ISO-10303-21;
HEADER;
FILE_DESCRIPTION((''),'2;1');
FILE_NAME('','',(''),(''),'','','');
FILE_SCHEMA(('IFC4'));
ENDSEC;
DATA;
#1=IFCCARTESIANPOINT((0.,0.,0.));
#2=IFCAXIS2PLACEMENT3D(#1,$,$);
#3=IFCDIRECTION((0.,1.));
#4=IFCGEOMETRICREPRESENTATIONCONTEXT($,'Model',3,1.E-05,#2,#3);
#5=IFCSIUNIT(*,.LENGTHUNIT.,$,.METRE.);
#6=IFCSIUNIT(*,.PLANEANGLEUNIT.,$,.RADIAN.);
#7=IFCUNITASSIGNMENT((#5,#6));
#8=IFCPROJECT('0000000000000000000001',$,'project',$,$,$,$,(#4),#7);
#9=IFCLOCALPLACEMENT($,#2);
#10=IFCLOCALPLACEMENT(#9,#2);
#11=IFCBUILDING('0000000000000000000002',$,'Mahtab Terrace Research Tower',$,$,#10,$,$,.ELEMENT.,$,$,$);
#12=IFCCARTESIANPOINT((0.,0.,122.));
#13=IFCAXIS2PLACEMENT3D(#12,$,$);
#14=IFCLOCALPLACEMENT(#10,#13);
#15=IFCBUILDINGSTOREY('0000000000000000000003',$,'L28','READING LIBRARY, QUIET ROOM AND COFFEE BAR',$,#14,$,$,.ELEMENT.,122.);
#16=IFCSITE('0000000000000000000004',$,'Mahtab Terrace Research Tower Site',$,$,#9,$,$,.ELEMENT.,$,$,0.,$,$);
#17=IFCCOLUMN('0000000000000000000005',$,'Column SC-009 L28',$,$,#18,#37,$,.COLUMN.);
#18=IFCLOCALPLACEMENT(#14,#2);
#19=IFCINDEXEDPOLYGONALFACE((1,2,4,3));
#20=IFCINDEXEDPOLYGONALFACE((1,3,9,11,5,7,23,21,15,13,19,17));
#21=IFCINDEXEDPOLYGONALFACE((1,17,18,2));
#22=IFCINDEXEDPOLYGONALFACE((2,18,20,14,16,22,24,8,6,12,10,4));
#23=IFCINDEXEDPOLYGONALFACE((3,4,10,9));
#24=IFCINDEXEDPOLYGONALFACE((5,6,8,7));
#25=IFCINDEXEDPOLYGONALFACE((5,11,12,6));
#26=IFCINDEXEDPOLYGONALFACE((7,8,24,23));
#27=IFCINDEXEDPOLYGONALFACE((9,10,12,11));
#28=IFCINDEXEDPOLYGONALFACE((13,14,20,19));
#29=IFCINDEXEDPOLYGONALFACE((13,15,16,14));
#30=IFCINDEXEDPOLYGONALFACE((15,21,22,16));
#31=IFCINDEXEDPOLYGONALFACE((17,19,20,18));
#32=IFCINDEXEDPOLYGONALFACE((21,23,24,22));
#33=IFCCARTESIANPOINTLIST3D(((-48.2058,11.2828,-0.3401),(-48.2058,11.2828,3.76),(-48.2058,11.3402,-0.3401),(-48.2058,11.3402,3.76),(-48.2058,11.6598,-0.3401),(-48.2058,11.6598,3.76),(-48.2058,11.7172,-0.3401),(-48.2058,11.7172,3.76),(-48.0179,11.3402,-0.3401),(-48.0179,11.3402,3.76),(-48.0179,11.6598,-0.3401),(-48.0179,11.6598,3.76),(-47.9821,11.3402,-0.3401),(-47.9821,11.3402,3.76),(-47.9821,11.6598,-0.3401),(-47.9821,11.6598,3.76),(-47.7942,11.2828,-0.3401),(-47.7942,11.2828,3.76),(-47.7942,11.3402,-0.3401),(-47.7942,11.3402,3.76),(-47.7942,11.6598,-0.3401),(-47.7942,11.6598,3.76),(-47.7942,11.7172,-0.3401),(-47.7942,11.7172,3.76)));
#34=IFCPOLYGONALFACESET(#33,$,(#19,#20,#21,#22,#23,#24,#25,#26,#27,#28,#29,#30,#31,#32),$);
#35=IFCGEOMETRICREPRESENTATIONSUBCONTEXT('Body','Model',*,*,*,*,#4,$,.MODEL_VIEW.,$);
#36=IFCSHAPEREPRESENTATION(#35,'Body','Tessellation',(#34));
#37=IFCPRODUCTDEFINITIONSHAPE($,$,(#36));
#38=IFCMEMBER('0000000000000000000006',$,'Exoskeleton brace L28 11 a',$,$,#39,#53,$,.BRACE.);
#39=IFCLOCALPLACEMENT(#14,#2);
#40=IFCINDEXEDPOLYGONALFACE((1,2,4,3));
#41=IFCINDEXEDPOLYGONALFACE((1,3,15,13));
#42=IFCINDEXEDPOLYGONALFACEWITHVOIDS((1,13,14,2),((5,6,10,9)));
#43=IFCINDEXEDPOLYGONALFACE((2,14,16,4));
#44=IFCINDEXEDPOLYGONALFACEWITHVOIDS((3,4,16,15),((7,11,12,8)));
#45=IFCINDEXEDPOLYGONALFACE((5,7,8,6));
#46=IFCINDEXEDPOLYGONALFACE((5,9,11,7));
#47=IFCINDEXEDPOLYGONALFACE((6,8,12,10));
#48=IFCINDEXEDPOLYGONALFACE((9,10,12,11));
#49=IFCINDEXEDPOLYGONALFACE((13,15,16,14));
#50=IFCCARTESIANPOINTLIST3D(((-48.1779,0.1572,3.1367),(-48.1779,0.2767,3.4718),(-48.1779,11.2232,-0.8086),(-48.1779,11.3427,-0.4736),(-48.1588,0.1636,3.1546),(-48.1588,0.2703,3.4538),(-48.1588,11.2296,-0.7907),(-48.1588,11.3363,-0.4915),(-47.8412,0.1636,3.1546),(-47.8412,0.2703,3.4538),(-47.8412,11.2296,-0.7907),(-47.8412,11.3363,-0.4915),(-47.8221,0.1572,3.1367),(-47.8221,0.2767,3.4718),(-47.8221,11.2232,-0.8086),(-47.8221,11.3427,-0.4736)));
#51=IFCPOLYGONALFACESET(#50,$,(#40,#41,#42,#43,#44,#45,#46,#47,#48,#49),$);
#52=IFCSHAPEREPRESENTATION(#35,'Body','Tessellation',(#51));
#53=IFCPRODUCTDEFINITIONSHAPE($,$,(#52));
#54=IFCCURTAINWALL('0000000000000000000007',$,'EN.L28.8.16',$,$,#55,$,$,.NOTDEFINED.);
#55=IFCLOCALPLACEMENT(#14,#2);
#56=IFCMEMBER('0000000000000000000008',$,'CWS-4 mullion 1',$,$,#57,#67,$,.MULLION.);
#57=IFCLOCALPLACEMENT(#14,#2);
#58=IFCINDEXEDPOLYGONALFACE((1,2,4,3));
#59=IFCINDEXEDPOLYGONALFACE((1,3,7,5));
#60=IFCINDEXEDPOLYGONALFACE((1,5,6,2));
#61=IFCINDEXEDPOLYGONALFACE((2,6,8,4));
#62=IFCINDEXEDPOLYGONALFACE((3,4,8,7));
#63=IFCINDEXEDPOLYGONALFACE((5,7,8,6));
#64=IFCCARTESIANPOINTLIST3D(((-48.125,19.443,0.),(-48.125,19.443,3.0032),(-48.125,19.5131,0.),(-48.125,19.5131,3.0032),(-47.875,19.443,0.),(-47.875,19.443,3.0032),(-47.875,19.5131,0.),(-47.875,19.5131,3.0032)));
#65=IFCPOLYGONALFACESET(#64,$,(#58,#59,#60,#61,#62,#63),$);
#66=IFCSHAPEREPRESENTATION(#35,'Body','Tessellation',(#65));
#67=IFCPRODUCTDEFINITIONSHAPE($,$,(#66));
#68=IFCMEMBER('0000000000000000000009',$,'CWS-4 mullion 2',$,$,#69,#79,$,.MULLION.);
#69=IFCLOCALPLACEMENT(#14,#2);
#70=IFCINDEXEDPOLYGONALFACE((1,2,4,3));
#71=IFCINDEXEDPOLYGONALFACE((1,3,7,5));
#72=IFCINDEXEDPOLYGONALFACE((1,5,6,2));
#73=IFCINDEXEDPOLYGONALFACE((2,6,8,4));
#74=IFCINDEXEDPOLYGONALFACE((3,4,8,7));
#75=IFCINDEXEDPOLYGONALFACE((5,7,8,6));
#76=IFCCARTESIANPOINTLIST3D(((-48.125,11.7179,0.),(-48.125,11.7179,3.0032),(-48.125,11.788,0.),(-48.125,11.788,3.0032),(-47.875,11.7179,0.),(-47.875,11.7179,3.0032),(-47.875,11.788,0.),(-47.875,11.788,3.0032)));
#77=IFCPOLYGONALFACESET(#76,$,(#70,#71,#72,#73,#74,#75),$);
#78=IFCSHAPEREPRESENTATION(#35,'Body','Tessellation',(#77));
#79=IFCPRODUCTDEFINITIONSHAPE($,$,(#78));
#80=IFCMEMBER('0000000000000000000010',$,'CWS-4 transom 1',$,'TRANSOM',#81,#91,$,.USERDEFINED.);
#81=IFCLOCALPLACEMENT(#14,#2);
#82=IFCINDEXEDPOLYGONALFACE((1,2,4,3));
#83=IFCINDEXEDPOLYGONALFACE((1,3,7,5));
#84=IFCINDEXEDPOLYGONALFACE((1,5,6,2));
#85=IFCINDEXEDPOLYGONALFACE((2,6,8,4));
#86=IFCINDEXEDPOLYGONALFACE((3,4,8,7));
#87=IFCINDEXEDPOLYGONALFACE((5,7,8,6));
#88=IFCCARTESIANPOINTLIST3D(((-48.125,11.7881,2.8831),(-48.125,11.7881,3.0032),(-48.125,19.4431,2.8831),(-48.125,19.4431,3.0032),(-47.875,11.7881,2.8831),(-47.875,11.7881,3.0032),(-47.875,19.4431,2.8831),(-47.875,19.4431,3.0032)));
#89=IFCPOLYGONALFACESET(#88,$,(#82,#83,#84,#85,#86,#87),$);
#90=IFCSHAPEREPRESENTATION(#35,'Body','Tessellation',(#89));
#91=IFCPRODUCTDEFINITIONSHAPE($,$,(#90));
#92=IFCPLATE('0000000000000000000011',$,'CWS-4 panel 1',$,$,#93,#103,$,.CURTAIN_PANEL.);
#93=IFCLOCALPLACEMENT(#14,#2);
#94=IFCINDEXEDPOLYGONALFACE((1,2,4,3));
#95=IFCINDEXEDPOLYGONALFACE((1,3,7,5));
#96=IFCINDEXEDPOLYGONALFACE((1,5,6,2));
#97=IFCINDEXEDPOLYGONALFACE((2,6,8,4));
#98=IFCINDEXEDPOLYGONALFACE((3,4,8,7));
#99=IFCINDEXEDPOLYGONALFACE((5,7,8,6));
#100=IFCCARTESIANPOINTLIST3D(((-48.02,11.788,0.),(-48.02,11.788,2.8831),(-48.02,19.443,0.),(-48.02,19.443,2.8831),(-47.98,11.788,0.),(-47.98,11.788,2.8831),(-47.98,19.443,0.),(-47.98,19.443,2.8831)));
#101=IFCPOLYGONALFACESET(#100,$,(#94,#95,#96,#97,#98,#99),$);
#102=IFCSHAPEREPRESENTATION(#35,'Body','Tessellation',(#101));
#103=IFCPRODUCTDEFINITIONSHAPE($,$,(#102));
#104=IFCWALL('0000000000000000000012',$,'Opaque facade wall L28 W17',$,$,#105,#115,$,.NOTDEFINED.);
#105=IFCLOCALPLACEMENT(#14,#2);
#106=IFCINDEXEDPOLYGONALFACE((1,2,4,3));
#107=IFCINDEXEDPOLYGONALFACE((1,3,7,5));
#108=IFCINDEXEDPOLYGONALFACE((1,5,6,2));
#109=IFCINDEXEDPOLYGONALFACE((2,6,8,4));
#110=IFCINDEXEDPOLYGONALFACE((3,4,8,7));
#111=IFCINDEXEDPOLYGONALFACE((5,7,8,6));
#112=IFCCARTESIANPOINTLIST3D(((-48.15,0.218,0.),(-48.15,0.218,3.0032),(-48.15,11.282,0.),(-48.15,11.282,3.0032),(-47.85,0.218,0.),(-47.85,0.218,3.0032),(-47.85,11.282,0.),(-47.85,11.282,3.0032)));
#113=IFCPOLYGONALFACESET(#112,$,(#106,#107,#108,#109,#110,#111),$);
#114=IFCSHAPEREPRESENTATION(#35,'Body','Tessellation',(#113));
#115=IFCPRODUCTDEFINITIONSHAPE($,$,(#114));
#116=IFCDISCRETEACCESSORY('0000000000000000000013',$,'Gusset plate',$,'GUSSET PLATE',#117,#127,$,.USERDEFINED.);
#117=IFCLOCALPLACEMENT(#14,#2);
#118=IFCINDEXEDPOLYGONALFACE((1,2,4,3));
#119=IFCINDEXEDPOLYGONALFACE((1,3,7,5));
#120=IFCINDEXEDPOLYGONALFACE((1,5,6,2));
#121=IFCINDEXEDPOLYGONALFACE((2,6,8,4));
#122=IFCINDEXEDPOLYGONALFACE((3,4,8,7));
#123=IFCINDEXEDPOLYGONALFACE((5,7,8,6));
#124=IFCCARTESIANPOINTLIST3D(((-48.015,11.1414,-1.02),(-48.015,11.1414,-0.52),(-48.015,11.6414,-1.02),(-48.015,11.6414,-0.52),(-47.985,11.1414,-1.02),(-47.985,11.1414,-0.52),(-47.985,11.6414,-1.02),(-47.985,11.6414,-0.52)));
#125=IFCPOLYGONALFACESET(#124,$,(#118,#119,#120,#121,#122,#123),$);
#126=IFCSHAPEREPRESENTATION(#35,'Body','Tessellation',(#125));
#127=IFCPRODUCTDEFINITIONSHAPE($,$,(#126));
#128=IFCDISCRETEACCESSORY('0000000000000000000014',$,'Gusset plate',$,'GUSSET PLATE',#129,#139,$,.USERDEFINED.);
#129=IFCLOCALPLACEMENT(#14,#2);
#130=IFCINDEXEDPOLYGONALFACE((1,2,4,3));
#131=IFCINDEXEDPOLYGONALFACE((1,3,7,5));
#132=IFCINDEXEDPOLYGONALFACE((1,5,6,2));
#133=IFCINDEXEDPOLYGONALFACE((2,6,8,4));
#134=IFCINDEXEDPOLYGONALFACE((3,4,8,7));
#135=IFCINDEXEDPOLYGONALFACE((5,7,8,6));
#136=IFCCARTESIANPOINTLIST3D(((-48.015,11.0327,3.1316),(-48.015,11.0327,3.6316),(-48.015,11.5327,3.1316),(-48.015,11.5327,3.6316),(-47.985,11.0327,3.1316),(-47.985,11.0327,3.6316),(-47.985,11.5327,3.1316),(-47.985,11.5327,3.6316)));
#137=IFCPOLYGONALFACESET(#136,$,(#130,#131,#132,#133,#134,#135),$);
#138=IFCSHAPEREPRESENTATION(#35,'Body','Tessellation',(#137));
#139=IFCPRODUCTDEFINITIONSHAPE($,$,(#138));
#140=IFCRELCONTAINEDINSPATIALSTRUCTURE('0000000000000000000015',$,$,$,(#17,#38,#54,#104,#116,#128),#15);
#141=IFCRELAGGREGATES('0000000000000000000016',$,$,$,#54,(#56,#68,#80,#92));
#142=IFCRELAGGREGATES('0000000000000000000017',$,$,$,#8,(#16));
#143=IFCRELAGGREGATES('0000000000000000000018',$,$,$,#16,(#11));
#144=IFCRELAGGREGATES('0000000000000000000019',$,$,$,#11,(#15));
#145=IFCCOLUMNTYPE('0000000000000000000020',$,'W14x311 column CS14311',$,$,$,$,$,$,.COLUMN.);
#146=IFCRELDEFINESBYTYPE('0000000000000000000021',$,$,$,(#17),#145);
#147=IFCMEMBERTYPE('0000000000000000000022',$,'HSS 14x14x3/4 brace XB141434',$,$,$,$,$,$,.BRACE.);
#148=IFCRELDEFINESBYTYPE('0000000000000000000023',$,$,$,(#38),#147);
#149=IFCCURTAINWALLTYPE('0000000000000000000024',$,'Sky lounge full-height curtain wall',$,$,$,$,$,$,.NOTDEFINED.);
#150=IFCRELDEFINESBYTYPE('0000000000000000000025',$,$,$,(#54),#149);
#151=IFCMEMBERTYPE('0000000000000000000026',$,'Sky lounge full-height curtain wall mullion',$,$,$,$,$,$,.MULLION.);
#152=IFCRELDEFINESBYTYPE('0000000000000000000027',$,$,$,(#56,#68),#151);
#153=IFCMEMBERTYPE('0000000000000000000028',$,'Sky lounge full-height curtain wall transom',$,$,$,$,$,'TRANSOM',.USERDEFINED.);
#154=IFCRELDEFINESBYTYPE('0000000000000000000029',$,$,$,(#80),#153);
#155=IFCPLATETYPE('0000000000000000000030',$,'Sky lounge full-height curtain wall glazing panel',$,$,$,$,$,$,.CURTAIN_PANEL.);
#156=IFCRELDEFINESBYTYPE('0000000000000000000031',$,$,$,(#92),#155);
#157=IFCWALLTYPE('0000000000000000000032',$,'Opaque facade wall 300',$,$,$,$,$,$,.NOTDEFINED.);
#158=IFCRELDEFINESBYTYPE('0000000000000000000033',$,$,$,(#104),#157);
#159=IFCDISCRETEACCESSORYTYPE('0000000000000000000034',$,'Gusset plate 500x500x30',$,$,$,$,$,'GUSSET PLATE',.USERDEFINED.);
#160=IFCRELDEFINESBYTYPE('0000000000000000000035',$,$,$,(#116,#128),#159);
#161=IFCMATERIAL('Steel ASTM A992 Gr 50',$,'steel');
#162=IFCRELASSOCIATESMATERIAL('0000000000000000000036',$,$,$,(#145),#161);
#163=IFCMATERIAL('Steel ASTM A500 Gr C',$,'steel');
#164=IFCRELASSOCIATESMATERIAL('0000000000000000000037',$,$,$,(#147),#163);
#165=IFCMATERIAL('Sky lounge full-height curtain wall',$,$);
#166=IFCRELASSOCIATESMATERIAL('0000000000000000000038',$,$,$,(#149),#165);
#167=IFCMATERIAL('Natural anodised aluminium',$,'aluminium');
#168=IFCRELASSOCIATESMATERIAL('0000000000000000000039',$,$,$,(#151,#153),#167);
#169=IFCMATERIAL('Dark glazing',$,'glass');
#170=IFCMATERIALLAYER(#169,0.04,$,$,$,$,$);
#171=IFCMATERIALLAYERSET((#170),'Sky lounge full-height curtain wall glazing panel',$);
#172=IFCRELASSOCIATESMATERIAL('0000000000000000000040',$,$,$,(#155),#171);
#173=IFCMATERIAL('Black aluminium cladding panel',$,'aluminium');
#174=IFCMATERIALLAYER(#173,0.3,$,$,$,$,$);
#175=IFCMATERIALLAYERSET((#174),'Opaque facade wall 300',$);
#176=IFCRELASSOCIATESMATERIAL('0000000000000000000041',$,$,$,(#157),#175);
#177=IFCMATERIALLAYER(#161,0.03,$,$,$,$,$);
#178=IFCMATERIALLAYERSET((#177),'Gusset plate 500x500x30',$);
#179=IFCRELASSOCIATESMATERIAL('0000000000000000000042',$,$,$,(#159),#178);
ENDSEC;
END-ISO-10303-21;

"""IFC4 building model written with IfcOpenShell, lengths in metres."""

from ifc_helpers import new_model, si_unit, direction, frame, frame_2d, origin, origin_2d, place, context, subcontext, project, spatial, rectangle, hollow_rectangle, i_section, extrude, material, layer, layer_set, material_profile, profile_set, type_object, element, aggregate, save


model = new_model("IFC4")

# Units and contexts
model_context = context("Model", 3, precision=1e-05, world=origin(), true_north=direction((0.0, 1.0)))
body_context = subcontext(model_context, "Body", "Model", "MODEL_VIEW")
ifc_project = project(units=[si_unit("LENGTHUNIT", "METRE"), si_unit("PLANEANGLEUNIT", "RADIAN")], contexts=[model_context])

# Site, building, storey
site_placement = place(None, origin())
site = spatial("IfcSite", under=ifc_project, at=site_placement, Name="Mahtab Terrace Research Tower Site", CompositionType="ELEMENT", RefElevation=0.0)
building_placement = place(site_placement, origin())
building = spatial("IfcBuilding", under=site, at=building_placement, Name="Mahtab Terrace Research Tower", CompositionType="ELEMENT")
storey_placement = place(building_placement, frame((0.0, 0.0, 122.0)))
storey = spatial("IfcBuildingStorey", under=building, at=storey_placement, Name="L28", Description="READING LIBRARY, QUIET ROOM AND COFFEE BAR", CompositionType="ELEMENT", Elevation=122.0)

# Column
ifc_material_1 = material(Name="Steel ASTM A992 Gr 50", Category="steel")
ifc_material_profile_1 = material_profile(ifc_material_1, i_section(OverallWidth=0.4116, OverallDepth=0.4343, WebThickness=0.0359, FlangeThickness=0.0574, at=origin_2d()), Name="W14X311")
ifc_profile_set_1 = profile_set([ifc_material_profile_1], Name="Steel ASTM A992 Gr 50")
column_type = type_object("IfcColumnType", Name="W14x311 column CS14311", PredefinedType="COLUMN", material=ifc_profile_set_1)
column_placement = place(storey_placement, frame((-48.0, 11.5, -0.3401), z_axis=(0.0, 0.0, 1.0), x_axis=(1.0, 0.0, 0.0)))
element("IfcColumn", 1, at=column_placement, inside=storey, type_object=column_type, Name="Column SC-009 L28", PredefinedType="COLUMN", context=body_context, shape_type="SweptSolid", body=[
    extrude(i_section(OverallWidth=0.4116, OverallDepth=0.4343, WebThickness=0.0359, FlangeThickness=0.0574, at=origin_2d()), origin(), (0.0, 0.0, 1.0), 4.1001),
])

# Member
ifc_material_2 = material(Name="Steel ASTM A500 Gr C", Category="steel")
ifc_material_profile_2 = material_profile(ifc_material_2, hollow_rectangle(XDim=0.3557, YDim=0.3557, WallThickness=0.019, at=origin_2d()), Name="HSS14X14X3/4")
ifc_profile_set_2 = profile_set([ifc_material_profile_2], Name="Steel ASTM A500 Gr C")
member_type_1 = type_object("IfcMemberType", Name="HSS 14x14x3/4 brace XB141434", PredefinedType="BRACE", material=ifc_profile_set_2)
member_1_placement = place(storey_placement, frame((-48.0, 11.283, -0.6411), z_axis=(0.0, -0.941925, 0.335823), x_axis=(1.0, 0.0, 0.0)))
element("IfcMember", 2, at=member_1_placement, inside=storey, type_object=member_type_1, Name="Exoskeleton brace L28 11 a", PredefinedType="BRACE", context=body_context, shape_type="SweptSolid", body=[
    extrude(hollow_rectangle(XDim=0.3557, YDim=0.3557, WallThickness=0.019, at=origin_2d()), origin(), (0.0, 0.0, 1.0), 11.7483),
])

# Curtain wall, members, plate
ifc_material_3 = material(Name="Sky lounge full-height curtain wall")
curtain_wall_type = type_object("IfcCurtainWallType", Name="Sky lounge full-height curtain wall", PredefinedType="NOTDEFINED", material=ifc_material_3)
curtain_wall_placement = place(storey_placement, origin())
curtain_wall = element("IfcCurtainWall", 3, at=curtain_wall_placement, inside=storey, type_object=curtain_wall_type, Name="EN.L28.8.16", PredefinedType="NOTDEFINED")
ifc_material_4 = material(Name="Natural anodised aluminium", Category="aluminium")
ifc_material_profile_3 = material_profile(ifc_material_4, rectangle(XDim=0.25, YDim=0.0701, at=origin_2d()), Name="MULLION 70x250")
ifc_profile_set_3 = profile_set([ifc_material_profile_3], Name="Natural anodised aluminium")
member_type_2 = type_object("IfcMemberType", Name="Sky lounge full-height curtain wall mullion", PredefinedType="MULLION", material=ifc_profile_set_3)
member_2_placement = place(storey_placement, frame((-48.0, 19.478, 0.0), z_axis=(0.0, 0.0, 1.0), x_axis=(1.0, 0.0, 0.0)))
member_2 = element("IfcMember", 4, at=member_2_placement, type_object=member_type_2, Name="CWS-4 mullion 1", PredefinedType="MULLION", context=body_context, shape_type="SweptSolid", body=[
    extrude(rectangle(XDim=0.25, YDim=0.0701, at=origin_2d()), origin(), (0.0, 0.0, 1.0), 3.0032),
])
member_3_placement = place(storey_placement, frame((-48.0, 11.7529, 0.0), z_axis=(0.0, 0.0, 1.0), x_axis=(1.0, 0.0, 0.0)))
member_3 = element("IfcMember", 5, at=member_3_placement, type_object=member_type_2, Name="CWS-4 mullion 2", PredefinedType="MULLION", context=body_context, shape_type="SweptSolid", body=[
    extrude(rectangle(XDim=0.25, YDim=0.0701, at=origin_2d()), origin(), (0.0, 0.0, 1.0), 3.0032),
])
ifc_material_profile_4 = material_profile(ifc_material_4, rectangle(XDim=0.25, YDim=0.1201, at=origin_2d()), Name="TRANSOM 120x250")
ifc_profile_set_4 = profile_set([ifc_material_profile_4], Name="Natural anodised aluminium")
member_type_3 = type_object("IfcMemberType", Name="Sky lounge full-height curtain wall transom", ElementType="TRANSOM", PredefinedType="USERDEFINED", material=ifc_profile_set_4)
member_4_placement = place(storey_placement, frame((-48.0, 19.4431, 2.9431), z_axis=(0.0, -1.0, 0.0), x_axis=(1.0, 0.0, 0.0)))
member_4 = element("IfcMember", 6, at=member_4_placement, type_object=member_type_3, Name="CWS-4 transom 1", ObjectType="TRANSOM", PredefinedType="USERDEFINED", context=body_context, shape_type="SweptSolid", body=[
    extrude(rectangle(XDim=0.25, YDim=0.1201, at=origin_2d()), origin(), (0.0, 0.0, 1.0), 7.655),
])
ifc_material_5 = material(Name="Dark glazing", Category="glass")
ifc_layer_1 = layer(ifc_material_5, 0.04)
ifc_layer_set_1 = layer_set([ifc_layer_1], Name="Sky lounge full-height curtain wall glazing panel")
plate_type = type_object("IfcPlateType", Name="Sky lounge full-height curtain wall glazing panel", PredefinedType="CURTAIN_PANEL", material=ifc_layer_set_1)
plate_placement = place(storey_placement, frame((-48.0, 15.6155, 0.0), z_axis=(0.0, 0.0, 1.0), x_axis=(0.0, -1.0, 0.0)))
plate = element("IfcPlate", 7, at=plate_placement, type_object=plate_type, Name="CWS-4 panel 1", PredefinedType="CURTAIN_PANEL", context=body_context, shape_type="SweptSolid", body=[
    extrude(rectangle(XDim=7.655, YDim=0.04, at=origin_2d()), origin(), (0.0, 0.0, 1.0), 2.8831),
])
aggregate(curtain_wall, [member_2, member_3, member_4, plate])

# Wall
ifc_material_6 = material(Name="Black aluminium cladding panel", Category="aluminium")
ifc_layer_2 = layer(ifc_material_6, 0.3)
ifc_layer_set_2 = layer_set([ifc_layer_2], Name="Opaque facade wall 300")
wall_type = type_object("IfcWallType", Name="Opaque facade wall 300", PredefinedType="NOTDEFINED", material=ifc_layer_set_2)
wall_placement = place(storey_placement, frame((-48.0, 11.282, 0.0), z_axis=(0.0, 0.0, 1.0), x_axis=(0.0, -1.0, 0.0)))
element("IfcWall", 8, at=wall_placement, inside=storey, type_object=wall_type, Name="Opaque facade wall L28 W17", PredefinedType="NOTDEFINED", context=body_context, shape_type="SweptSolid", body=[
    extrude(rectangle(XDim=11.064, YDim=0.3, at=frame_2d((5.532, 0.0))), origin(), (0.0, 0.0, 1.0), 3.0032),
])

# Discrete accessories
ifc_layer_3 = layer(ifc_material_1, 0.03)
ifc_layer_set_3 = layer_set([ifc_layer_3], Name="Gusset plate 500x500x30")
discrete_accessory_type = type_object("IfcDiscreteAccessoryType", Name="Gusset plate 500x500x30", ElementType="GUSSET PLATE", PredefinedType="USERDEFINED", material=ifc_layer_set_3)
for number, where, z_axis, x_axis, name in (
    (9, (-48.0, 11.3914, -1.02), (0.0, 0.0, 1.0), (0.0, 1.0, 0.0), "Gusset plate"),
    (10, (-48.0, 11.2827, 3.1316), (0.0, 0.0, 1.0), (0.0, 1.0, 0.0), "Gusset plate"),
):
    element("IfcDiscreteAccessory", number, at=place(storey_placement, frame(where, z_axis=z_axis, x_axis=x_axis)), inside=storey, type_object=discrete_accessory_type, Name=name, ObjectType="GUSSET PLATE", PredefinedType="USERDEFINED", context=body_context, shape_type="SweptSolid", body=[
        extrude(rectangle(XDim=0.5, YDim=0.03, at=origin_2d()), origin(), (0.0, 0.0, 1.0), 0.5),
    ])

save(model, "model.ifc")
